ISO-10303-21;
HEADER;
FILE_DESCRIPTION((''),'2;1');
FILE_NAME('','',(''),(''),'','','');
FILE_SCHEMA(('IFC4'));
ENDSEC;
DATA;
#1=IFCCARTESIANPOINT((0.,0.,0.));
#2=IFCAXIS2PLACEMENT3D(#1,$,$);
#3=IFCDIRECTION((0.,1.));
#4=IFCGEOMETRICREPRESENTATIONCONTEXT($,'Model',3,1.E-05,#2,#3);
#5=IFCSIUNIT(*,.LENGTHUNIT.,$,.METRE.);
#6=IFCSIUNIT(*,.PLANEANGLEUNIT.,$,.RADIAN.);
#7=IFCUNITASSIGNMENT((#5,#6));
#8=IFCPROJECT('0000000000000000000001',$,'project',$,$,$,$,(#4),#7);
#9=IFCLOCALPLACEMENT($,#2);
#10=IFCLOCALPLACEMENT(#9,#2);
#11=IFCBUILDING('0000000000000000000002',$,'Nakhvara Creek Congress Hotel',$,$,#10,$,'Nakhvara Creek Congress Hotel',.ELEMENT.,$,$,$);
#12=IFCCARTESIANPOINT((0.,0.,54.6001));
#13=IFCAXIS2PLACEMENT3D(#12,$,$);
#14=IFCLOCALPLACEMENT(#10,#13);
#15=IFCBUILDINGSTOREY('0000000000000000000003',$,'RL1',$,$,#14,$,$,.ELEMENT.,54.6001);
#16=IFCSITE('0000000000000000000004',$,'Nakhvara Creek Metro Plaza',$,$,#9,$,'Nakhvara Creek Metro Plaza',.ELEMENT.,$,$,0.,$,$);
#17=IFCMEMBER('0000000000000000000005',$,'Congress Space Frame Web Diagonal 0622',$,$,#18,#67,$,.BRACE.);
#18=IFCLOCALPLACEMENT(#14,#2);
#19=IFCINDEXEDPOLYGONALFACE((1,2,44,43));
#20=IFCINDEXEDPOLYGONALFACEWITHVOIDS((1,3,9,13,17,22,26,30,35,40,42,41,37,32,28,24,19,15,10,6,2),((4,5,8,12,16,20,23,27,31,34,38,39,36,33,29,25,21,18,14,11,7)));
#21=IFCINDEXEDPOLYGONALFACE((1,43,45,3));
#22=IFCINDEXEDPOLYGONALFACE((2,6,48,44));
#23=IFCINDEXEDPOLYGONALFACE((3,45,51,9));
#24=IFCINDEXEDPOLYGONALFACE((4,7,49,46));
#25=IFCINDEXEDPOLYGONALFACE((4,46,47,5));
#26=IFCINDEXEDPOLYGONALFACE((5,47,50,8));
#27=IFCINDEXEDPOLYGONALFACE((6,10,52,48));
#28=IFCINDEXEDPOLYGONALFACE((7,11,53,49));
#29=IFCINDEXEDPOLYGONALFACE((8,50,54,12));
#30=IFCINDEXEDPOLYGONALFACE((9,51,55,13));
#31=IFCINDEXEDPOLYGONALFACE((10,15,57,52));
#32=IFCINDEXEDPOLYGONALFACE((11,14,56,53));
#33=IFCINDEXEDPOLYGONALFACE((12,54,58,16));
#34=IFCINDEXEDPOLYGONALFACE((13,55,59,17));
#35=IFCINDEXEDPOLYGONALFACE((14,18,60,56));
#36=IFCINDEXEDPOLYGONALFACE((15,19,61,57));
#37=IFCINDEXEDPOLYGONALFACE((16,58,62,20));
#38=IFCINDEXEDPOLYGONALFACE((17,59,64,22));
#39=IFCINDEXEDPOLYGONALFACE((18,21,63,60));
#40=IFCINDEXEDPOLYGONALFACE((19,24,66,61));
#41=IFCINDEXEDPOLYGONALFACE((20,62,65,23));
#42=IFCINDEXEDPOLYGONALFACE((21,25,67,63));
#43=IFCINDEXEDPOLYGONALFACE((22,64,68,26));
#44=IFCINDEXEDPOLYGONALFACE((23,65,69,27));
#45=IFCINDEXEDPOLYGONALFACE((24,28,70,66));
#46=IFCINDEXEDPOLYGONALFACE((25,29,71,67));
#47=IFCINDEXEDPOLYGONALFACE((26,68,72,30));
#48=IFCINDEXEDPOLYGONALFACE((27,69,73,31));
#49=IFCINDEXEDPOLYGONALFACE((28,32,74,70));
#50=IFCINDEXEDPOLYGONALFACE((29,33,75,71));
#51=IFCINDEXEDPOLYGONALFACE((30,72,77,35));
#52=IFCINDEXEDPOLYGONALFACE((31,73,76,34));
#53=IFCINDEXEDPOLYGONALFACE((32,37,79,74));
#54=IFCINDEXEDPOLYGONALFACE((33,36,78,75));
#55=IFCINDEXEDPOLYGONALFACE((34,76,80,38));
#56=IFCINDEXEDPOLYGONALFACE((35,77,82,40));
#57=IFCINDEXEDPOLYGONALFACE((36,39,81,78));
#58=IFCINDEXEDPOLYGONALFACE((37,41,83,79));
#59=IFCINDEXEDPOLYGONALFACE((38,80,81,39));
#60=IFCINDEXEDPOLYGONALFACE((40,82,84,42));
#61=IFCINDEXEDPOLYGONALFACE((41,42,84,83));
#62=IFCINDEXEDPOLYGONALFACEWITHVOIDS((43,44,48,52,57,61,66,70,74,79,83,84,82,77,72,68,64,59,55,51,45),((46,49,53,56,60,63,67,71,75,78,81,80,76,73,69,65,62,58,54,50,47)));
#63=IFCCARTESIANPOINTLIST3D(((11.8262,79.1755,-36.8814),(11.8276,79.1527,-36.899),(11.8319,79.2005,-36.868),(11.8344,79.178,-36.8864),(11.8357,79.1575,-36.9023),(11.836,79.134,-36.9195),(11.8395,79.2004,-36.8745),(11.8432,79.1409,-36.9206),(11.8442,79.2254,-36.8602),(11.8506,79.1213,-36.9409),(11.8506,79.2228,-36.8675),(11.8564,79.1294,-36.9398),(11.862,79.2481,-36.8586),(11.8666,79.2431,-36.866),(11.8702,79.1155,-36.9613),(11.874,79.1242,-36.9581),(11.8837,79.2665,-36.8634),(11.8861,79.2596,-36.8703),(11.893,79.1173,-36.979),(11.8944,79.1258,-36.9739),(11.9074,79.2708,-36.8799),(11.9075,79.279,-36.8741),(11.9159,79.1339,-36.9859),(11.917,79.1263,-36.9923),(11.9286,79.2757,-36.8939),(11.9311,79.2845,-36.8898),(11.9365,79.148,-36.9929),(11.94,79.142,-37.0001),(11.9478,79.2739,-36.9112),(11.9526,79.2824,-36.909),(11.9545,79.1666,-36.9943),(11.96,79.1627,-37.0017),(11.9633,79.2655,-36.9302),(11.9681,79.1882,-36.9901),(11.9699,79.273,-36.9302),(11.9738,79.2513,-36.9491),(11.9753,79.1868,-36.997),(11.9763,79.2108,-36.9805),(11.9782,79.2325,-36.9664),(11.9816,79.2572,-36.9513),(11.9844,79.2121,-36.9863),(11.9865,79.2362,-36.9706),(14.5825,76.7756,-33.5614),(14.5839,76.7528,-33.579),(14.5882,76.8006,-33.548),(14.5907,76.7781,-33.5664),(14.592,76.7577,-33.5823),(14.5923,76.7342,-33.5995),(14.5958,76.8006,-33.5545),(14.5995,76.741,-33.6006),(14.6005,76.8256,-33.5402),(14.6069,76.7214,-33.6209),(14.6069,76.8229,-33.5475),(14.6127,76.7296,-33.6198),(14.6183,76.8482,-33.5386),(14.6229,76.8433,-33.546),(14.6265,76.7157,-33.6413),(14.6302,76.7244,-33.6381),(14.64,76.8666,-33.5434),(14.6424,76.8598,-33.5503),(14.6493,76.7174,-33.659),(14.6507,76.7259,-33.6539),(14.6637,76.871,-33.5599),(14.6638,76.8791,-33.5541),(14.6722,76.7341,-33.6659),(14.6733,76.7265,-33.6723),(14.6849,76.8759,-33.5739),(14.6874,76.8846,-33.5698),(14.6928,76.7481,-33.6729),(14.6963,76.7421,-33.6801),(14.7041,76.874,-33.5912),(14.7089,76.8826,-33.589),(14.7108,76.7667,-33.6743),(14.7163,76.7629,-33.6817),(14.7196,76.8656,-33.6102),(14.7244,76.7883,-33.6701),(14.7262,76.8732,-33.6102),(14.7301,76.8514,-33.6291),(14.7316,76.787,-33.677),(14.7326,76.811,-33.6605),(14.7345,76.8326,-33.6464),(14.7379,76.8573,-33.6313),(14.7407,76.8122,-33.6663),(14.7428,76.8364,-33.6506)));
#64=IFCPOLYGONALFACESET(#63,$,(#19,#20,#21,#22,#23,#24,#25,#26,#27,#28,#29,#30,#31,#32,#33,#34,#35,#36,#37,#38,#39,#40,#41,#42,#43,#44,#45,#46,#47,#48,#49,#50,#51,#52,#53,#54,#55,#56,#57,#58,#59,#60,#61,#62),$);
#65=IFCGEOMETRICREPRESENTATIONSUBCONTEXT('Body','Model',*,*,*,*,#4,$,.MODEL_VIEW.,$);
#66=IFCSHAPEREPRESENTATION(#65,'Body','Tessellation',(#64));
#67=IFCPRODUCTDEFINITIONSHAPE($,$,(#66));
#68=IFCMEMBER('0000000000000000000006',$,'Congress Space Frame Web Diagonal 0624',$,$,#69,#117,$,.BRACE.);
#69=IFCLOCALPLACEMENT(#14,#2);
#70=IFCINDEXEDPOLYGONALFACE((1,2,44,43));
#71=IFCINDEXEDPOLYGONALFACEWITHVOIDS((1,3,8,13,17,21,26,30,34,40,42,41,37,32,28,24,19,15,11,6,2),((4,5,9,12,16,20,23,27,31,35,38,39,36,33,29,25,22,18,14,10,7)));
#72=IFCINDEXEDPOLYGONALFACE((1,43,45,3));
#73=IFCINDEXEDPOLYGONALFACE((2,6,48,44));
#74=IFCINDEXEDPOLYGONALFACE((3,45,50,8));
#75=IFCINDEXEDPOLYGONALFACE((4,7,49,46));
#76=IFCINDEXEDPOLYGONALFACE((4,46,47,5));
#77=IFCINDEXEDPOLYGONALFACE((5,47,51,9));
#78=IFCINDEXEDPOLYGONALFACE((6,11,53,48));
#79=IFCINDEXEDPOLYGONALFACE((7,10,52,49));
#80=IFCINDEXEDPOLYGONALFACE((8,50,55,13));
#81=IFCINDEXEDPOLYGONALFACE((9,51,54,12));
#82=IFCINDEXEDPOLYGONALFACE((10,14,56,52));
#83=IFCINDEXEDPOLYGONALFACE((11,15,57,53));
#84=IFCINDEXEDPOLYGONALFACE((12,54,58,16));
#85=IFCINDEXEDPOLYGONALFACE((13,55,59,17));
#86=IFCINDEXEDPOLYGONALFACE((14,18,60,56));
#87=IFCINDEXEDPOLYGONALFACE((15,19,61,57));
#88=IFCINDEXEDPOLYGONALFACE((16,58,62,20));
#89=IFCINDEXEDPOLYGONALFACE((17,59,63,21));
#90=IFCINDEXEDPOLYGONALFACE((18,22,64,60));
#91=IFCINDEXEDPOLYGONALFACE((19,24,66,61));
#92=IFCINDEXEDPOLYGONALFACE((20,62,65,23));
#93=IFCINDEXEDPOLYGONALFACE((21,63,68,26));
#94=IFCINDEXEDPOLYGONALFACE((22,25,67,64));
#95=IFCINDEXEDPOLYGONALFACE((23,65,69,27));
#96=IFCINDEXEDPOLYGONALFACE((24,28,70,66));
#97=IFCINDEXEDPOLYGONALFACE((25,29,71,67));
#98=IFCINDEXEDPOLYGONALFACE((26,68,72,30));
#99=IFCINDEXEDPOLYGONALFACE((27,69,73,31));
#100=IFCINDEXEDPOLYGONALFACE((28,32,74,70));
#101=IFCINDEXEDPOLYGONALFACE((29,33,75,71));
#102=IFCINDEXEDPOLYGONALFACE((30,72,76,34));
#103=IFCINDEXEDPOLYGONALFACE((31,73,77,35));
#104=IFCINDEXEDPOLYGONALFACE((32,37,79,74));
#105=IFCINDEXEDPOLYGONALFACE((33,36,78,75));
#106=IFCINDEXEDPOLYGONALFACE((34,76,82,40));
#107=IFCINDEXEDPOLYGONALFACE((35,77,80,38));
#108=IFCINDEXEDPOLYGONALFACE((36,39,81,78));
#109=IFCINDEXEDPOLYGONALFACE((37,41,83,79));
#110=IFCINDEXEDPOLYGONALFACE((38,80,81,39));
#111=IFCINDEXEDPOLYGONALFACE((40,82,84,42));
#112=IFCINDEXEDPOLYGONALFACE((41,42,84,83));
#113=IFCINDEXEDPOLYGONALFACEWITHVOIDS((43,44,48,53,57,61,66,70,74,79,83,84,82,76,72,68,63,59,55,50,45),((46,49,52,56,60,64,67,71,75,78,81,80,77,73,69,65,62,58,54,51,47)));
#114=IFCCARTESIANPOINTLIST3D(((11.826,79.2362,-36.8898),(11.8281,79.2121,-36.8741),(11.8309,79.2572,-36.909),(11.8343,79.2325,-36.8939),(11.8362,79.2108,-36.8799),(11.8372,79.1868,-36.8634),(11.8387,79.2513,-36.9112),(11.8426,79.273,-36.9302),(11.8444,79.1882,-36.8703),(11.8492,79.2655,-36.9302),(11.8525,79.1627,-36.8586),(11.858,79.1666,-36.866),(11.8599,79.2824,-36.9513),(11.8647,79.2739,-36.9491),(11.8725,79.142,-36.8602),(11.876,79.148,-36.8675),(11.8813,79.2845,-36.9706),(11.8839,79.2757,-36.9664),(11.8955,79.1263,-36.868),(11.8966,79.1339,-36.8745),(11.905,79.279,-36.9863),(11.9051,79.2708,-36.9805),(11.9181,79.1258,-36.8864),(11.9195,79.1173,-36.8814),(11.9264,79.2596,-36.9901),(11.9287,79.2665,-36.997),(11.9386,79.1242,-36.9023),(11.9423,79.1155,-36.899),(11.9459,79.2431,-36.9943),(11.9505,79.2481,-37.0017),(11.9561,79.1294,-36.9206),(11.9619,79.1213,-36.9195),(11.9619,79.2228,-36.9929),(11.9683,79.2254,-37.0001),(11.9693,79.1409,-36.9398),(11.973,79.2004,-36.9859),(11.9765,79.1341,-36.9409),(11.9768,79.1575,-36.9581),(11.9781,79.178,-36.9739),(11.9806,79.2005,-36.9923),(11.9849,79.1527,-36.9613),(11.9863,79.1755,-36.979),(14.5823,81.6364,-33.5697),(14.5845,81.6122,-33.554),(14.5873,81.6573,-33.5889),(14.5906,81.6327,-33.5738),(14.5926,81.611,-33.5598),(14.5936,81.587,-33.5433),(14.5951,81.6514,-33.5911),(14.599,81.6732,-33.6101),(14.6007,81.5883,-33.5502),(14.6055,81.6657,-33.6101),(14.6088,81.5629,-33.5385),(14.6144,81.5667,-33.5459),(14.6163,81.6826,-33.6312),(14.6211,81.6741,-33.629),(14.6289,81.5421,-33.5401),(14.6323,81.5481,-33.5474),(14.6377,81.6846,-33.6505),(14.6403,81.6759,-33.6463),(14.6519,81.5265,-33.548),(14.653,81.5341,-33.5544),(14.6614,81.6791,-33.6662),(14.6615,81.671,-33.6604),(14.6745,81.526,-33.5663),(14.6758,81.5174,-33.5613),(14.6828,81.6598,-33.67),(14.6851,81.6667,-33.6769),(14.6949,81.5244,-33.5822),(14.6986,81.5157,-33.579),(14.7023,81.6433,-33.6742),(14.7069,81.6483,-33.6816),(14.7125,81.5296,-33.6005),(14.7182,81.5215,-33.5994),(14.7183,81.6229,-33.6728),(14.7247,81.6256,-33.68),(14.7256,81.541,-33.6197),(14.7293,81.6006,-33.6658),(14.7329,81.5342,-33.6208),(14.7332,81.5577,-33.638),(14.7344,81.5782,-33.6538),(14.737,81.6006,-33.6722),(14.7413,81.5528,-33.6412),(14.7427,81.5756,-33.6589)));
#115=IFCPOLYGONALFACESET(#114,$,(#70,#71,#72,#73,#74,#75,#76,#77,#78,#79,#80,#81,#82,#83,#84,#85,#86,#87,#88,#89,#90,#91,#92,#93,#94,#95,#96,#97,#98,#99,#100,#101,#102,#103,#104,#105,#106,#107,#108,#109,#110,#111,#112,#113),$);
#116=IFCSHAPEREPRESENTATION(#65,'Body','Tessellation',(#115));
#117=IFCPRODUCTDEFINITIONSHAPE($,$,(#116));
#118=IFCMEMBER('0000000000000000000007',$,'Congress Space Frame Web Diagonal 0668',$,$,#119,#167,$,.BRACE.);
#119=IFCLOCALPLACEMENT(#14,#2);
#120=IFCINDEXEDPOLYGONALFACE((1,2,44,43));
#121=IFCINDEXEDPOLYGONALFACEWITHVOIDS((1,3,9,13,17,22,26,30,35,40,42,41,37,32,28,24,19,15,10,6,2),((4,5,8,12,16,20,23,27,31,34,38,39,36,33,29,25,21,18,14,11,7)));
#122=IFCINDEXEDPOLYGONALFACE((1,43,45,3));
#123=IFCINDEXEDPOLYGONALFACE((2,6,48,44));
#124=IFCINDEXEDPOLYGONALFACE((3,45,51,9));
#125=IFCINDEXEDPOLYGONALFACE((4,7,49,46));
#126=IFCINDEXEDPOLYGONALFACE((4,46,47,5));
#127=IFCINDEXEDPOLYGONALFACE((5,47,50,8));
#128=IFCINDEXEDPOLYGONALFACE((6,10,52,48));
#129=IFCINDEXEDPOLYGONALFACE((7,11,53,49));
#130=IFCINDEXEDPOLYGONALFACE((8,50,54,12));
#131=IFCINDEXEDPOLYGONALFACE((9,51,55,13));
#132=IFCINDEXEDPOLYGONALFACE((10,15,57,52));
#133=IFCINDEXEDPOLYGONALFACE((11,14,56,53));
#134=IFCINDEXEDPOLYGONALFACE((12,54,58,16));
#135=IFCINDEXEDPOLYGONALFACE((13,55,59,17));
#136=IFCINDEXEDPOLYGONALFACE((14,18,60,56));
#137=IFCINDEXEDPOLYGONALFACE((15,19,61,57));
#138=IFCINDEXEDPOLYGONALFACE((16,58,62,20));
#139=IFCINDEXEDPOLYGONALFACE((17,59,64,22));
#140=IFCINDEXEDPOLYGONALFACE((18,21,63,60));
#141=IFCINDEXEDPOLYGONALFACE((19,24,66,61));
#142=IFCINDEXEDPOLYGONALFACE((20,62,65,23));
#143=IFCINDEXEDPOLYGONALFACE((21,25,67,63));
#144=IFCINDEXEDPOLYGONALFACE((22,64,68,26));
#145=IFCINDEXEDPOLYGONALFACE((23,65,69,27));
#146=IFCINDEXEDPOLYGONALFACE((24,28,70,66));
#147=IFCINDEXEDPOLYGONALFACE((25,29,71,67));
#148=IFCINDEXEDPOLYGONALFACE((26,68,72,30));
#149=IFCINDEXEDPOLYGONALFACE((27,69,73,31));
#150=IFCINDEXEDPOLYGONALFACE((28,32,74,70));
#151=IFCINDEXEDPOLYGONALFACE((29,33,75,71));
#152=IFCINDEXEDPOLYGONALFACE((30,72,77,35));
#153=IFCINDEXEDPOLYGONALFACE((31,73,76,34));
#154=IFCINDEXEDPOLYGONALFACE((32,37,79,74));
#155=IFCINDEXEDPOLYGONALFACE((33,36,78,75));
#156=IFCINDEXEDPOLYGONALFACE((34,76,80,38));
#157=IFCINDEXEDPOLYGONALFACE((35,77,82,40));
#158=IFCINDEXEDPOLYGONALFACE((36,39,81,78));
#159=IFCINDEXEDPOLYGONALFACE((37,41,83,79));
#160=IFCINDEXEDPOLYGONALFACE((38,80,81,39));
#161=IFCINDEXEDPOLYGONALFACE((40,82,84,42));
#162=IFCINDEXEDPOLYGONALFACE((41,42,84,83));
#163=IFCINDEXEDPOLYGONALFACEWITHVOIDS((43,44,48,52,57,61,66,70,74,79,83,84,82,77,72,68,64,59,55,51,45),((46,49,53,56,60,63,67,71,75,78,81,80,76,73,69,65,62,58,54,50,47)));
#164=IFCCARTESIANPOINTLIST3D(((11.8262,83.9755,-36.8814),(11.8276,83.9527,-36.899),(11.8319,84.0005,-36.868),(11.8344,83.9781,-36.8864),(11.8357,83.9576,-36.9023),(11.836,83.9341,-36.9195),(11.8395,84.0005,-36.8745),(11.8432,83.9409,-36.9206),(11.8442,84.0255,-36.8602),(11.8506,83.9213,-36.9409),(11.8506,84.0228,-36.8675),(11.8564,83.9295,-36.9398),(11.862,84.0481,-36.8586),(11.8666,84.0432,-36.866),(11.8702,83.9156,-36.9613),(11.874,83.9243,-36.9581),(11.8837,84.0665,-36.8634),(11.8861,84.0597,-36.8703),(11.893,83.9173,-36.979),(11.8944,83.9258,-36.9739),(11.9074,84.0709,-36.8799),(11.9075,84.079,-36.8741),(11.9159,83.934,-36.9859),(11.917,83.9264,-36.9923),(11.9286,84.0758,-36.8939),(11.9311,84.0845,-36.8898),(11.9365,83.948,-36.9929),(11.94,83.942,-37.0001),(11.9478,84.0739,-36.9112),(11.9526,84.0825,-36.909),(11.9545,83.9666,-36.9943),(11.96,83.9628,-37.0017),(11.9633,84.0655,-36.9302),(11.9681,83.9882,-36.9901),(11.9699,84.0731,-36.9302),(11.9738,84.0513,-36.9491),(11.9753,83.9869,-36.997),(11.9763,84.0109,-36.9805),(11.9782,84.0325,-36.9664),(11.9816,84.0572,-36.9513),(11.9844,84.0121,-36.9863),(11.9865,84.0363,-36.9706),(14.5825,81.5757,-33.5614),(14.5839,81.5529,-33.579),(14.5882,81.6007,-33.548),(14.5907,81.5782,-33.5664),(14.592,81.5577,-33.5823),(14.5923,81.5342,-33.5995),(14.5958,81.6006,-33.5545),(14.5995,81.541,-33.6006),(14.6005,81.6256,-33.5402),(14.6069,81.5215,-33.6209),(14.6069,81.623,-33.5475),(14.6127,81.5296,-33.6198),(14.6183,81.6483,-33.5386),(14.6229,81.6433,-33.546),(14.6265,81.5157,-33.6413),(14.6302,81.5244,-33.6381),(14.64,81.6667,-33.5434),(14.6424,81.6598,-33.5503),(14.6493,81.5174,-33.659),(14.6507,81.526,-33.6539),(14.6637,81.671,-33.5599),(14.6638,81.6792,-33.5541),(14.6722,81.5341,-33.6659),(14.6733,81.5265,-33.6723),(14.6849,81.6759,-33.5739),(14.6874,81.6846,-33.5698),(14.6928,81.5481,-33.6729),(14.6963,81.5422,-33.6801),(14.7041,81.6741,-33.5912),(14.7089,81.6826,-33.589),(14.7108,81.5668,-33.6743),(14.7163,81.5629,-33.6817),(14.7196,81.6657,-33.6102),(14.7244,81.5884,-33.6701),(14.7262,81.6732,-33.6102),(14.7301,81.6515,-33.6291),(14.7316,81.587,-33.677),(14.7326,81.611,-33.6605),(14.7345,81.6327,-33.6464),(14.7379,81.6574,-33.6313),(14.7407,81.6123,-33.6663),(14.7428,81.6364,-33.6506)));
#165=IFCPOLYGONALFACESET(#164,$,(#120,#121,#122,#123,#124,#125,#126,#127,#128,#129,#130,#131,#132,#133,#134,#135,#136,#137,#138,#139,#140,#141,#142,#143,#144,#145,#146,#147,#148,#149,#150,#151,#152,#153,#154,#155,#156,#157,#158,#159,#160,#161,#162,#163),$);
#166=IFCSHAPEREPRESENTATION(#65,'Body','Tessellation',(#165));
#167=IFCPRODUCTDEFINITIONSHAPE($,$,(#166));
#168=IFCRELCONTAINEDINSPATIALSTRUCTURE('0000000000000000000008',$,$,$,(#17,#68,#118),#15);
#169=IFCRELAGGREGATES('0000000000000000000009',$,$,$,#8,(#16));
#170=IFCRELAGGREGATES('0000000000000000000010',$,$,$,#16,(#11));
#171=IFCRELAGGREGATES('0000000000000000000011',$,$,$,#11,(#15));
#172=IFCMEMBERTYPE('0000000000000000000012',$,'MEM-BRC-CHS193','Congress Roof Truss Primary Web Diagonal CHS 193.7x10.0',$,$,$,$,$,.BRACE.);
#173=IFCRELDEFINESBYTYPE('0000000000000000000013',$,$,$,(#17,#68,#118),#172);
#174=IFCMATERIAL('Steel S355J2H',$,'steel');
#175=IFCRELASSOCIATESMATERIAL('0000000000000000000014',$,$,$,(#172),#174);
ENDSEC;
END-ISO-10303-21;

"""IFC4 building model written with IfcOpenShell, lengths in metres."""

from ifc_helpers import new_model, si_unit, direction, frame, origin, origin_2d, place, context, subcontext, project, spatial, hollow_circle, extrude, material, material_profile, profile_set, type_object, element, save


model = new_model("IFC4")

# Units and contexts
model_context = context("Model", 3, precision=1e-05, world=origin(), true_north=direction((0.0, 1.0)))
body_context = subcontext(model_context, "Body", "Model", "MODEL_VIEW")
ifc_project = project(units=[si_unit("LENGTHUNIT", "METRE"), si_unit("PLANEANGLEUNIT", "RADIAN")], contexts=[model_context])

# Site, building, storey
site_placement = place(None, origin())
site = spatial("IfcSite", under=ifc_project, at=site_placement, Name="Nakhvara Creek Metro Plaza", LongName="Nakhvara Creek Metro Plaza", CompositionType="ELEMENT", RefElevation=0.0)
building_placement = place(site_placement, origin())
building = spatial("IfcBuilding", under=site, at=building_placement, Name="Nakhvara Creek Congress Hotel", LongName="Nakhvara Creek Congress Hotel", CompositionType="ELEMENT")
storey_placement = place(building_placement, frame((0.0, 0.0, 54.6001)))
storey = spatial("IfcBuildingStorey", under=building, at=storey_placement, Name="RL1", CompositionType="ELEMENT", Elevation=54.6001)

# Members
ifc_material_1 = material(Name="Steel S355J2H", Category="steel")
ifc_material_profile_1 = material_profile(ifc_material_1, hollow_circle(Radius=0.0969, WallThickness=0.01, at=origin_2d()), Name="CHS 193.7x10.0", Category="LoadBearing")
ifc_profile_set_1 = profile_set([ifc_material_profile_1], Name="Steel S355J2H")
member_type_1 = type_object("IfcMemberType", Name="MEM-BRC-CHS193", Description="Congress Roof Truss Primary Web Diagonal CHS 193.7x10.0", PredefinedType="BRACE", material=ifc_profile_set_1)
member_1_placement = place(storey_placement, frame((11.9062, 79.2, -36.9302), z_axis=(0.558237, -0.486047, 0.672406), x_axis=(0.656658, 0.754188, 0.0)))
element("IfcMember", 1, at=member_1_placement, inside=storey, type_object=member_type_1, Name="Congress Space Frame Web Diagonal 0622", PredefinedType="BRACE", context=body_context, shape_type="SweptSolid", body=[
    extrude(hollow_circle(Radius=0.0969, WallThickness=0.01, at=origin_2d()), origin(), (0.0, 0.0, 1.0), 4.9375),
])
member_2_placement = place(storey_placement, frame((11.9062, 79.2, -36.9302), z_axis=(0.558224, 0.486085, 0.67239), x_axis=(-0.656696, 0.754155, 0.0)))
element("IfcMember", 2, at=member_2_placement, inside=storey, type_object=member_type_1, Name="Congress Space Frame Web Diagonal 0624", PredefinedType="BRACE", context=body_context, shape_type="SweptSolid", body=[
    extrude(hollow_circle(Radius=0.0969, WallThickness=0.01, at=origin_2d()), origin(), (0.0, 0.0, 1.0), 4.9377),
])
for number, where, z_axis, x_axis, name in (
    (3, (11.9062, 84.0, -36.9302), (0.558237, -0.486047, 0.672406), (0.656658, 0.754188, 0.0), "Congress Space Frame Web Diagonal 0668"),
):
    element("IfcMember", number, at=place(storey_placement, frame(where, z_axis=z_axis, x_axis=x_axis)), inside=storey, type_object=member_type_1, Name=name, PredefinedType="BRACE", context=body_context, shape_type="SweptSolid", body=[
        extrude(hollow_circle(Radius=0.0969, WallThickness=0.01, at=origin_2d()), origin(), (0.0, 0.0, 1.0), 4.9375),
    ])

save(model, "model.ifc")
